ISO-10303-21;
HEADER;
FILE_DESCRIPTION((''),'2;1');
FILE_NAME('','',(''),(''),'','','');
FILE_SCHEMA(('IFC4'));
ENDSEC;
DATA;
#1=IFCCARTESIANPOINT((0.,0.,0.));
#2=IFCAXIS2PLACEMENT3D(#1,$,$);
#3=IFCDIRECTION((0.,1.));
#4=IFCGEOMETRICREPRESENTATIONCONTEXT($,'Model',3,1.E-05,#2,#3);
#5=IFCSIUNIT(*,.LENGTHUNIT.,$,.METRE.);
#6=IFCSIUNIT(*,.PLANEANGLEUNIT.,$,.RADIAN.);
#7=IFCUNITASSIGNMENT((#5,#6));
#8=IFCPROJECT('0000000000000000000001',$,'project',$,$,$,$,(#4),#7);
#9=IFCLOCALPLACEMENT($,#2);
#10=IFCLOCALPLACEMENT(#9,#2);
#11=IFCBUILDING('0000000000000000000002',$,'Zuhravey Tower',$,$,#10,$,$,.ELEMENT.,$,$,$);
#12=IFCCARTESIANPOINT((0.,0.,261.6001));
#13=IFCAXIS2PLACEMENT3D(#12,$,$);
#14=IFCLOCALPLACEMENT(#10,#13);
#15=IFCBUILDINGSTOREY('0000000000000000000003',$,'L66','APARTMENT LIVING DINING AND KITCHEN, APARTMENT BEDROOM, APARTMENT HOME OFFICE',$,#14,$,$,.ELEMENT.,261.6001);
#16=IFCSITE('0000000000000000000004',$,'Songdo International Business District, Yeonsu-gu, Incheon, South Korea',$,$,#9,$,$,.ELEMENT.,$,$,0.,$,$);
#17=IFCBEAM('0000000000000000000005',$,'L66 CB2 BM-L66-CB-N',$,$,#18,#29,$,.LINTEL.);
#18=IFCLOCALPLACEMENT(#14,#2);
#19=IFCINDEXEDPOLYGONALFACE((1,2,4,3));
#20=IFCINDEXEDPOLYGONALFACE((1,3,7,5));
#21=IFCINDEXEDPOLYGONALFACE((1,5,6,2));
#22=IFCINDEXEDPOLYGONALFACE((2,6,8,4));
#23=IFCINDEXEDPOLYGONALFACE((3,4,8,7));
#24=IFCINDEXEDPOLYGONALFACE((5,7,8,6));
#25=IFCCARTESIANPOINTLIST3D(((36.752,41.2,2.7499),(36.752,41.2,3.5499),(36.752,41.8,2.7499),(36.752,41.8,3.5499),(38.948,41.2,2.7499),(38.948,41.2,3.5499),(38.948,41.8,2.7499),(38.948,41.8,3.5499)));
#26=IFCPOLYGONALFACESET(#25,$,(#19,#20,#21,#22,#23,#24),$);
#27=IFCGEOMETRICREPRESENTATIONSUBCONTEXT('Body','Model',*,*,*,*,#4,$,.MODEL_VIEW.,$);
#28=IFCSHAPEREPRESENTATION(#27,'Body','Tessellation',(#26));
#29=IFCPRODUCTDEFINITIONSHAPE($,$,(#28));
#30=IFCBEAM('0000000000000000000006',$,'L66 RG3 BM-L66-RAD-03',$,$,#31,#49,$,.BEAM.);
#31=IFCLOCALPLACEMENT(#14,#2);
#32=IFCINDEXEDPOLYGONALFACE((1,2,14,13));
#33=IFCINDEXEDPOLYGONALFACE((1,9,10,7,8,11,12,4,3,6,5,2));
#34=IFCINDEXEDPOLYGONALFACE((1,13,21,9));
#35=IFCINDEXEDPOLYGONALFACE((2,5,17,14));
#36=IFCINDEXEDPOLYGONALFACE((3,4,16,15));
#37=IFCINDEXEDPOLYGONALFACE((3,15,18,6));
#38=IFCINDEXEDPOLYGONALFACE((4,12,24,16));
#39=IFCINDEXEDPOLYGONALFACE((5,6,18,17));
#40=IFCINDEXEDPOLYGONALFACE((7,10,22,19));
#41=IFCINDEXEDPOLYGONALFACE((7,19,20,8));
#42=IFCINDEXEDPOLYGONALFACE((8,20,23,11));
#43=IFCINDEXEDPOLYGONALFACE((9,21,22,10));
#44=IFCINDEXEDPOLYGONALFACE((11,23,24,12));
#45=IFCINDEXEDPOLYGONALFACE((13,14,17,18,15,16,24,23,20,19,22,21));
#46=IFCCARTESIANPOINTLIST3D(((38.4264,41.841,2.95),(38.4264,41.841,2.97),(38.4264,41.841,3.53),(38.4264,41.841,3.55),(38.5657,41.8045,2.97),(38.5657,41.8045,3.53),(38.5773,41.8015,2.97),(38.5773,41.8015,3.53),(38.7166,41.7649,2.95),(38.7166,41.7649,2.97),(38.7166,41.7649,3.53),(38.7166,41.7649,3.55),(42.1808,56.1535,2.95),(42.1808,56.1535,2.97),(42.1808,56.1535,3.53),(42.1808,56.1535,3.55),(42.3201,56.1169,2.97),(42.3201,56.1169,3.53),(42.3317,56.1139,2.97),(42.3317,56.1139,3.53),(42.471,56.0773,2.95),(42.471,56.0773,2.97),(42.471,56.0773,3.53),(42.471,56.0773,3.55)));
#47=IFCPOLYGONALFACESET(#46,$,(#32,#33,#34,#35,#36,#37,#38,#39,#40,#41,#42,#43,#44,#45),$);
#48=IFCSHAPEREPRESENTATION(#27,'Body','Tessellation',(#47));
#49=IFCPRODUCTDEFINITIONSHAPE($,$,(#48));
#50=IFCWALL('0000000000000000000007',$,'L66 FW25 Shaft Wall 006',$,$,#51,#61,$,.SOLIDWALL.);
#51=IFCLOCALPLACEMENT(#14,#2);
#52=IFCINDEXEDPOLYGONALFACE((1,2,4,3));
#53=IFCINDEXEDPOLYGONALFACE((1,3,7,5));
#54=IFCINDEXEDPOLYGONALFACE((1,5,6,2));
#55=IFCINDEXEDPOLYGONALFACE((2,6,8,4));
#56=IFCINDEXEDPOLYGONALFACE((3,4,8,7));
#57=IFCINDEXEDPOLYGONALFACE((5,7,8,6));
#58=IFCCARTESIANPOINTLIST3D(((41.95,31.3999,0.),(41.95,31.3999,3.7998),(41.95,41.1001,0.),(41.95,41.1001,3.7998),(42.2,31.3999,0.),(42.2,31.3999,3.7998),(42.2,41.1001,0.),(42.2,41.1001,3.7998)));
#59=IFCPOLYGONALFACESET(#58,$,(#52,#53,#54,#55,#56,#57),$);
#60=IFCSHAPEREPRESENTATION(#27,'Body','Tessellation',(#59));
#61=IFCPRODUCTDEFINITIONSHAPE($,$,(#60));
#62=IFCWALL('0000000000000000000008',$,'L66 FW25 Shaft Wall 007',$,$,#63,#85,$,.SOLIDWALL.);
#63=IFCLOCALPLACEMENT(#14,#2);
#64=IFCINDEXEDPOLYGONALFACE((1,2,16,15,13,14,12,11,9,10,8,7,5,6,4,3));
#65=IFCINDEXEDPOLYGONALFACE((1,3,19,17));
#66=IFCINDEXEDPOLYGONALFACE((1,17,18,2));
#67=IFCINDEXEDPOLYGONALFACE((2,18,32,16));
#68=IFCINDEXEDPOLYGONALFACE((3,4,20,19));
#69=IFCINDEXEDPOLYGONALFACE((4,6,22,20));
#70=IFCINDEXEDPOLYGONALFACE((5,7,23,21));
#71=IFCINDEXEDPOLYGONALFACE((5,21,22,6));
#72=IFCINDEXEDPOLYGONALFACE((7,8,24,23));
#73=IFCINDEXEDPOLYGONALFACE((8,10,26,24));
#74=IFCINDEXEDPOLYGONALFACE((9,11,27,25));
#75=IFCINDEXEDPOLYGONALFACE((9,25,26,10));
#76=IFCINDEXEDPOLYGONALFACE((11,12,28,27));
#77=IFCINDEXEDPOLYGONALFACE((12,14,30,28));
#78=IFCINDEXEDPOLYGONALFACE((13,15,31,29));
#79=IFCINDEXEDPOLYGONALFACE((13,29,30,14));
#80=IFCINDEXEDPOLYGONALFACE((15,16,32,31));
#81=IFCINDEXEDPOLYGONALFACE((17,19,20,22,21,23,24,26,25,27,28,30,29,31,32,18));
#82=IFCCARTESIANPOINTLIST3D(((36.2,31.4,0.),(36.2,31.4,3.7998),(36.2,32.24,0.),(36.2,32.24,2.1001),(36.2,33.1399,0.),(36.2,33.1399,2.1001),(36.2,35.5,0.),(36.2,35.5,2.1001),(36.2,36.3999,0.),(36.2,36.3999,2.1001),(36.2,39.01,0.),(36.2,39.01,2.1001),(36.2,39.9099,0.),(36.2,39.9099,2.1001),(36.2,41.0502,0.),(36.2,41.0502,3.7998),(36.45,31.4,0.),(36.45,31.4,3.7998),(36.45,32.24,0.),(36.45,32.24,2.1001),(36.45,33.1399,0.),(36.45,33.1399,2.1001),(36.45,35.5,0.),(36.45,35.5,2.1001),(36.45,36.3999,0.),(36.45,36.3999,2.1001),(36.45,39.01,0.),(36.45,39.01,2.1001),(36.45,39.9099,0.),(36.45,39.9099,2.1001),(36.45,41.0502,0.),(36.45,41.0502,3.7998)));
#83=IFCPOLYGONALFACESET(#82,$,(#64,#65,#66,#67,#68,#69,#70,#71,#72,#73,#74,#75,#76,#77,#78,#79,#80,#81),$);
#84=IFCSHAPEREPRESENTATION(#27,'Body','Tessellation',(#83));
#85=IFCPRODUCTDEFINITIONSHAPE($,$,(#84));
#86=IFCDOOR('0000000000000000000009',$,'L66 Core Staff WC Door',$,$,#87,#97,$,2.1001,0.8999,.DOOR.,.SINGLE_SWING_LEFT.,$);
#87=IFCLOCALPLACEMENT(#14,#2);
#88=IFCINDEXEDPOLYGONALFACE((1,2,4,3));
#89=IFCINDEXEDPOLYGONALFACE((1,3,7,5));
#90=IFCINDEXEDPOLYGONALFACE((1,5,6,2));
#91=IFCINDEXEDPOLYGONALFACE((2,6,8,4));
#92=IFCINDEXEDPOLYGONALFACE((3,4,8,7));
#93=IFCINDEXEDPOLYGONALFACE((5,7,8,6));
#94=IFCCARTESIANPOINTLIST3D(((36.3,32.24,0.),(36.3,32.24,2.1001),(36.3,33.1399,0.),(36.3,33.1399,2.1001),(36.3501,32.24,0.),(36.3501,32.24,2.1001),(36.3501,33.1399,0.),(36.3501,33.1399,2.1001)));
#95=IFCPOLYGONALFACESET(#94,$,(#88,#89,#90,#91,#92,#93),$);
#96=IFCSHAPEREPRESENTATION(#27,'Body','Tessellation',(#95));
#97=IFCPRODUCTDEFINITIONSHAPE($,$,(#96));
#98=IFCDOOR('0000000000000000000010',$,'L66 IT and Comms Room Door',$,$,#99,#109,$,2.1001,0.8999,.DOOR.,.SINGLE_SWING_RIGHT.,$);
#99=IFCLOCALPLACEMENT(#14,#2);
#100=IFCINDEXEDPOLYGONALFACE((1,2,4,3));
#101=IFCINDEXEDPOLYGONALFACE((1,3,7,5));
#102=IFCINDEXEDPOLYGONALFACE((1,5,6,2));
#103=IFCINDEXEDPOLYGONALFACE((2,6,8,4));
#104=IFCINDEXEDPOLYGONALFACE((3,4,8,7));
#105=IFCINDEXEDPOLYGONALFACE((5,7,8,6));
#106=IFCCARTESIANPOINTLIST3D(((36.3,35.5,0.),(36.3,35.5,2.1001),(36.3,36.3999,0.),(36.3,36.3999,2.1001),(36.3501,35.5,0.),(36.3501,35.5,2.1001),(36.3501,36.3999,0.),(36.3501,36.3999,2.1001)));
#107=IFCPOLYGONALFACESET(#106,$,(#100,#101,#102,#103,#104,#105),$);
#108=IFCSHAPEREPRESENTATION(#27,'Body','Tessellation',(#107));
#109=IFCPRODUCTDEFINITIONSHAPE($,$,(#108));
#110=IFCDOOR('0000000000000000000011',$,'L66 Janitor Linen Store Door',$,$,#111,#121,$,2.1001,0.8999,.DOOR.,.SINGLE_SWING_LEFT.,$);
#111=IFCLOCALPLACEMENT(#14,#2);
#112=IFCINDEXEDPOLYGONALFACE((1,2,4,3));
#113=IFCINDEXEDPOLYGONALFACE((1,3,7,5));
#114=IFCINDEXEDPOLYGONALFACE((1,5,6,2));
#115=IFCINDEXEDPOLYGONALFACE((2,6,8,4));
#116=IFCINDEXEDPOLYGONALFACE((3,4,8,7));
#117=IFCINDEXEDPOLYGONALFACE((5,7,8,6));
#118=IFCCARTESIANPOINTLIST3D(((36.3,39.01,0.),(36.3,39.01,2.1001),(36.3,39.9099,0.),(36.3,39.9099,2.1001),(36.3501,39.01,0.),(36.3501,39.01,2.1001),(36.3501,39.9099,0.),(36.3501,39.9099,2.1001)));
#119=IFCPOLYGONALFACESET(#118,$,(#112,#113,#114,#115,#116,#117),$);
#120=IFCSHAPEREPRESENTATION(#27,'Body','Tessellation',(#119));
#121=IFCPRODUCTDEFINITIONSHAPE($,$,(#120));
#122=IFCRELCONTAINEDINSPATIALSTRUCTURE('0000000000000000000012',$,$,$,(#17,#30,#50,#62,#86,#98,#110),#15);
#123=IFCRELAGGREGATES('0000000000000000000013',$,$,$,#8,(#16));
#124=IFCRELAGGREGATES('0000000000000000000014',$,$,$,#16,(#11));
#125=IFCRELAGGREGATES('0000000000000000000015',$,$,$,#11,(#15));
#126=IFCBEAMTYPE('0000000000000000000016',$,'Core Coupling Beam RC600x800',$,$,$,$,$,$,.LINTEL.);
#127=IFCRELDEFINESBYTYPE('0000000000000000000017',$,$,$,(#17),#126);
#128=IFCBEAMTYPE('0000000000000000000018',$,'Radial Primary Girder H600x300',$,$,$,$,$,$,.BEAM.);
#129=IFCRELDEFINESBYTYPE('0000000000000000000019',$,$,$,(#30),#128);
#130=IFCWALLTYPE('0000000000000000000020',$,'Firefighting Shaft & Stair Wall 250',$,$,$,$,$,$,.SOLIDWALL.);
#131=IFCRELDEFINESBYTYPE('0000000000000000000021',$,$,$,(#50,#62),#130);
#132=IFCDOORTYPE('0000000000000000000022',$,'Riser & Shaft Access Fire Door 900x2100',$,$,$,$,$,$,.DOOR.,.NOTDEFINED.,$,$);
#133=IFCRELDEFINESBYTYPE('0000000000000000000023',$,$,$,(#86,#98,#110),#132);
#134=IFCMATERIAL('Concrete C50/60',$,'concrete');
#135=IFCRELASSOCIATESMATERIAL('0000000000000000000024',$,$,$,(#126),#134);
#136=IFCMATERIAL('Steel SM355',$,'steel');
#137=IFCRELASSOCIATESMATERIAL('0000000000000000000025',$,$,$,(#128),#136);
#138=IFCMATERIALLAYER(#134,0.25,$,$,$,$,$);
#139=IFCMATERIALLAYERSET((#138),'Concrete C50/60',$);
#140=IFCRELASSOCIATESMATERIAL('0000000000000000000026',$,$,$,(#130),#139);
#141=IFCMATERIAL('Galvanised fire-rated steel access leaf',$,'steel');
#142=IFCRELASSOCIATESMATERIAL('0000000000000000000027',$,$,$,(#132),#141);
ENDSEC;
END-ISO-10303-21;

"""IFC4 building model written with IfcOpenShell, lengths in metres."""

from ifc_helpers import new_model, si_unit, direction, frame, frame_2d, origin, origin_2d, place, context, subcontext, project, spatial, rectangle, i_section, extrude, material, layer, layer_set, material_profile, profile_set, type_object, element, fill, save


model = new_model("IFC4")

# Units and contexts
model_context = context("Model", 3, precision=1e-05, world=origin(), true_north=direction((0.0, 1.0)))
body_context = subcontext(model_context, "Body", "Model", "MODEL_VIEW")
ifc_project = project(units=[si_unit("LENGTHUNIT", "METRE"), si_unit("PLANEANGLEUNIT", "RADIAN")], contexts=[model_context])

# Site, building, storey
site_placement = place(None, origin())
site = spatial("IfcSite", under=ifc_project, at=site_placement, Name="Songdo International Business District, Yeonsu-gu, Incheon, South Korea", CompositionType="ELEMENT", RefElevation=0.0)
building_placement = place(site_placement, origin())
building = spatial("IfcBuilding", under=site, at=building_placement, Name="Zuhravey Tower", CompositionType="ELEMENT")
storey_placement = place(building_placement, frame((0.0, 0.0, 261.6001)))
storey = spatial("IfcBuildingStorey", under=building, at=storey_placement, Name="L66", Description="APARTMENT LIVING DINING AND KITCHEN, APARTMENT BEDROOM, APARTMENT HOME OFFICE", CompositionType="ELEMENT", Elevation=261.6001)

# Beams
ifc_material_1 = material(Name="Concrete C50/60", Category="concrete")
ifc_material_profile_1 = material_profile(ifc_material_1, rectangle(XDim=0.6001, YDim=0.8, at=origin_2d()), Name="RC-600x800")
ifc_profile_set_1 = profile_set([ifc_material_profile_1], Name="Concrete C50/60")
beam_type_1 = type_object("IfcBeamType", Name="Core Coupling Beam RC600x800", PredefinedType="LINTEL", material=ifc_profile_set_1)
beam_1_placement = place(storey_placement, frame((36.752, 41.5, 3.1499), z_axis=(1.0, 0.0, 0.0), x_axis=(0.0, 1.0, 0.0)))
element("IfcBeam", 1, at=beam_1_placement, inside=storey, type_object=beam_type_1, Name="L66 CB2 BM-L66-CB-N", PredefinedType="LINTEL", context=body_context, shape_type="SweptSolid", body=[
    extrude(rectangle(XDim=0.6001, YDim=0.8, at=origin_2d()), origin(), (0.0, 0.0, 1.0), 2.196),
])
ifc_material_2 = material(Name="Steel SM355", Category="steel")
ifc_material_profile_2 = material_profile(ifc_material_2, i_section(OverallWidth=0.3, OverallDepth=0.6001, WebThickness=0.012, FlangeThickness=0.02, at=origin_2d()), Name="H-600x300x12x20")
ifc_profile_set_2 = profile_set([ifc_material_profile_2], Name="Steel SM355")
beam_type_2 = type_object("IfcBeamType", Name="Radial Primary Girder H600x300", PredefinedType="BEAM", material=ifc_profile_set_2)
beam_2_placement = place(storey_placement, frame((38.5715, 41.803, 3.25), z_axis=(0.253731, 0.967275, 0.0), x_axis=(-0.967275, 0.253731, 0.0)))
element("IfcBeam", 2, at=beam_2_placement, inside=storey, type_object=beam_type_2, Name="L66 RG3 BM-L66-RAD-03", PredefinedType="BEAM", context=body_context, shape_type="SweptSolid", body=[
    extrude(i_section(OverallWidth=0.3, OverallDepth=0.6001, WebThickness=0.012, FlangeThickness=0.02, at=origin_2d()), origin(), (0.0, 0.0, 1.0), 14.7966),
])

# Shared definitions
ifc_layer_1 = layer(ifc_material_1, 0.25)
ifc_layer_set_1 = layer_set([ifc_layer_1], Name="Concrete C50/60")
wall_type_1 = type_object("IfcWallType", Name="Firefighting Shaft & Stair Wall 250", PredefinedType="SOLIDWALL", material=ifc_layer_set_1)

# Wall
wall_1_placement = place(storey_placement, frame((42.075, 31.3999, 0.0), z_axis=(0.0, 0.0, 1.0), x_axis=(0.0, 1.0, 0.0)))
element("IfcWall", 3, at=wall_1_placement, inside=storey, type_object=wall_type_1, Name="L66 FW25 Shaft Wall 006", PredefinedType="SOLIDWALL", context=body_context, shape_type="SweptSolid", body=[
    extrude(rectangle(XDim=9.7002, YDim=0.25, at=frame_2d((4.8501, 0.0))), origin(), (0.0, 0.0, 1.0), 3.7998),
])

# Wall, openings, doors
wall_2_placement = place(storey_placement, frame((36.325, 31.3999, 0.0), z_axis=(0.0, 0.0, 1.0), x_axis=(0.0, 1.0, 0.0)))
wall_2 = element("IfcWall", 4, at=wall_2_placement, inside=storey, type_object=wall_type_1, Name="L66 FW25 Shaft Wall 007", PredefinedType="SOLIDWALL", context=body_context, shape_type="SweptSolid", body=[
    extrude(rectangle(XDim=9.6501, YDim=0.25, at=frame_2d((4.8252, 0.0))), origin(), (0.0, 0.0, 1.0), 3.7998),
])
opening_1_placement = place(wall_2_placement, frame((0.8401, 0.0, 0.0)))
opening_1 = element("IfcOpeningElement", 5, at=opening_1_placement, cuts=wall_2, PredefinedType="OPENING", context=body_context, shape_type="SweptSolid", body=[
    extrude(rectangle(XDim=0.8999, YDim=2.1001, at=frame_2d((0.45, 1.05))), frame((0.0, 0.137, 0.0), z_axis=(0.0, -1.0, 0.0), x_axis=(1.0, 0.0, 0.0)), (0.0, 0.0, 1.0), 0.2739),
])
opening_2_placement = place(wall_2_placement, frame((4.1001, 0.0, 0.0)))
opening_2 = element("IfcOpeningElement", 6, at=opening_2_placement, cuts=wall_2, PredefinedType="OPENING", context=body_context, shape_type="SweptSolid", body=[
    extrude(rectangle(XDim=0.8999, YDim=2.1001, at=frame_2d((0.45, 1.05))), frame((0.0, 0.137, 0.0), z_axis=(0.0, -1.0, 0.0), x_axis=(1.0, 0.0, 0.0)), (0.0, 0.0, 1.0), 0.2739),
])
opening_3_placement = place(wall_2_placement, frame((7.6101, 0.0, 0.0)))
opening_3 = element("IfcOpeningElement", 7, at=opening_3_placement, cuts=wall_2, PredefinedType="OPENING", context=body_context, shape_type="SweptSolid", body=[
    extrude(rectangle(XDim=0.8999, YDim=2.1001, at=frame_2d((0.45, 1.05))), frame((0.0, 0.137, 0.0), z_axis=(0.0, -1.0, 0.0), x_axis=(1.0, 0.0, 0.0)), (0.0, 0.0, 1.0), 0.2739),
])
ifc_material_3 = material(Name="Galvanised fire-rated steel access leaf", Category="steel")
door_type_1 = type_object("IfcDoorType", Name="Riser & Shaft Access Fire Door 900x2100", OperationType="NOTDEFINED", PredefinedType="DOOR", material=ifc_material_3)
door_1_placement = place(opening_1_placement, origin())
door_1 = element("IfcDoor", 8, at=door_1_placement, inside=storey, type_object=door_type_1, Name="L66 Core Staff WC Door", OperationType="SINGLE_SWING_LEFT", OverallHeight=2.1001, OverallWidth=0.8999, PredefinedType="DOOR", context=body_context, shape_type="SweptSolid", body=[
    extrude(rectangle(XDim=0.8999, YDim=2.1001, at=frame_2d((0.45, 1.05))), frame((0.0, 0.0249, 0.0), z_axis=(0.0, -1.0, 0.0), x_axis=(1.0, 0.0, 0.0)), (0.0, 0.0, 1.0), 0.05),
])
fill(opening_1, door_1)
door_2_placement = place(opening_2_placement, origin())
door_2 = element("IfcDoor", 9, at=door_2_placement, inside=storey, type_object=door_type_1, Name="L66 IT and Comms Room Door", OperationType="SINGLE_SWING_RIGHT", OverallHeight=2.1001, OverallWidth=0.8999, PredefinedType="DOOR", context=body_context, shape_type="SweptSolid", body=[
    extrude(rectangle(XDim=0.8999, YDim=2.1001, at=frame_2d((0.45, 1.05))), frame((0.0, 0.0249, 0.0), z_axis=(0.0, -1.0, 0.0), x_axis=(1.0, 0.0, 0.0)), (0.0, 0.0, 1.0), 0.05),
])
fill(opening_2, door_2)
door_3_placement = place(opening_3_placement, origin())
door_3 = element("IfcDoor", 10, at=door_3_placement, inside=storey, type_object=door_type_1, Name="L66 Janitor Linen Store Door", OperationType="SINGLE_SWING_LEFT", OverallHeight=2.1001, OverallWidth=0.8999, PredefinedType="DOOR", context=body_context, shape_type="SweptSolid", body=[
    extrude(rectangle(XDim=0.8999, YDim=2.1001, at=frame_2d((0.45, 1.05))), frame((0.0, 0.0249, 0.0), z_axis=(0.0, -1.0, 0.0), x_axis=(1.0, 0.0, 0.0)), (0.0, 0.0, 1.0), 0.05),
])
fill(opening_3, door_3)

save(model, "model.ifc")
